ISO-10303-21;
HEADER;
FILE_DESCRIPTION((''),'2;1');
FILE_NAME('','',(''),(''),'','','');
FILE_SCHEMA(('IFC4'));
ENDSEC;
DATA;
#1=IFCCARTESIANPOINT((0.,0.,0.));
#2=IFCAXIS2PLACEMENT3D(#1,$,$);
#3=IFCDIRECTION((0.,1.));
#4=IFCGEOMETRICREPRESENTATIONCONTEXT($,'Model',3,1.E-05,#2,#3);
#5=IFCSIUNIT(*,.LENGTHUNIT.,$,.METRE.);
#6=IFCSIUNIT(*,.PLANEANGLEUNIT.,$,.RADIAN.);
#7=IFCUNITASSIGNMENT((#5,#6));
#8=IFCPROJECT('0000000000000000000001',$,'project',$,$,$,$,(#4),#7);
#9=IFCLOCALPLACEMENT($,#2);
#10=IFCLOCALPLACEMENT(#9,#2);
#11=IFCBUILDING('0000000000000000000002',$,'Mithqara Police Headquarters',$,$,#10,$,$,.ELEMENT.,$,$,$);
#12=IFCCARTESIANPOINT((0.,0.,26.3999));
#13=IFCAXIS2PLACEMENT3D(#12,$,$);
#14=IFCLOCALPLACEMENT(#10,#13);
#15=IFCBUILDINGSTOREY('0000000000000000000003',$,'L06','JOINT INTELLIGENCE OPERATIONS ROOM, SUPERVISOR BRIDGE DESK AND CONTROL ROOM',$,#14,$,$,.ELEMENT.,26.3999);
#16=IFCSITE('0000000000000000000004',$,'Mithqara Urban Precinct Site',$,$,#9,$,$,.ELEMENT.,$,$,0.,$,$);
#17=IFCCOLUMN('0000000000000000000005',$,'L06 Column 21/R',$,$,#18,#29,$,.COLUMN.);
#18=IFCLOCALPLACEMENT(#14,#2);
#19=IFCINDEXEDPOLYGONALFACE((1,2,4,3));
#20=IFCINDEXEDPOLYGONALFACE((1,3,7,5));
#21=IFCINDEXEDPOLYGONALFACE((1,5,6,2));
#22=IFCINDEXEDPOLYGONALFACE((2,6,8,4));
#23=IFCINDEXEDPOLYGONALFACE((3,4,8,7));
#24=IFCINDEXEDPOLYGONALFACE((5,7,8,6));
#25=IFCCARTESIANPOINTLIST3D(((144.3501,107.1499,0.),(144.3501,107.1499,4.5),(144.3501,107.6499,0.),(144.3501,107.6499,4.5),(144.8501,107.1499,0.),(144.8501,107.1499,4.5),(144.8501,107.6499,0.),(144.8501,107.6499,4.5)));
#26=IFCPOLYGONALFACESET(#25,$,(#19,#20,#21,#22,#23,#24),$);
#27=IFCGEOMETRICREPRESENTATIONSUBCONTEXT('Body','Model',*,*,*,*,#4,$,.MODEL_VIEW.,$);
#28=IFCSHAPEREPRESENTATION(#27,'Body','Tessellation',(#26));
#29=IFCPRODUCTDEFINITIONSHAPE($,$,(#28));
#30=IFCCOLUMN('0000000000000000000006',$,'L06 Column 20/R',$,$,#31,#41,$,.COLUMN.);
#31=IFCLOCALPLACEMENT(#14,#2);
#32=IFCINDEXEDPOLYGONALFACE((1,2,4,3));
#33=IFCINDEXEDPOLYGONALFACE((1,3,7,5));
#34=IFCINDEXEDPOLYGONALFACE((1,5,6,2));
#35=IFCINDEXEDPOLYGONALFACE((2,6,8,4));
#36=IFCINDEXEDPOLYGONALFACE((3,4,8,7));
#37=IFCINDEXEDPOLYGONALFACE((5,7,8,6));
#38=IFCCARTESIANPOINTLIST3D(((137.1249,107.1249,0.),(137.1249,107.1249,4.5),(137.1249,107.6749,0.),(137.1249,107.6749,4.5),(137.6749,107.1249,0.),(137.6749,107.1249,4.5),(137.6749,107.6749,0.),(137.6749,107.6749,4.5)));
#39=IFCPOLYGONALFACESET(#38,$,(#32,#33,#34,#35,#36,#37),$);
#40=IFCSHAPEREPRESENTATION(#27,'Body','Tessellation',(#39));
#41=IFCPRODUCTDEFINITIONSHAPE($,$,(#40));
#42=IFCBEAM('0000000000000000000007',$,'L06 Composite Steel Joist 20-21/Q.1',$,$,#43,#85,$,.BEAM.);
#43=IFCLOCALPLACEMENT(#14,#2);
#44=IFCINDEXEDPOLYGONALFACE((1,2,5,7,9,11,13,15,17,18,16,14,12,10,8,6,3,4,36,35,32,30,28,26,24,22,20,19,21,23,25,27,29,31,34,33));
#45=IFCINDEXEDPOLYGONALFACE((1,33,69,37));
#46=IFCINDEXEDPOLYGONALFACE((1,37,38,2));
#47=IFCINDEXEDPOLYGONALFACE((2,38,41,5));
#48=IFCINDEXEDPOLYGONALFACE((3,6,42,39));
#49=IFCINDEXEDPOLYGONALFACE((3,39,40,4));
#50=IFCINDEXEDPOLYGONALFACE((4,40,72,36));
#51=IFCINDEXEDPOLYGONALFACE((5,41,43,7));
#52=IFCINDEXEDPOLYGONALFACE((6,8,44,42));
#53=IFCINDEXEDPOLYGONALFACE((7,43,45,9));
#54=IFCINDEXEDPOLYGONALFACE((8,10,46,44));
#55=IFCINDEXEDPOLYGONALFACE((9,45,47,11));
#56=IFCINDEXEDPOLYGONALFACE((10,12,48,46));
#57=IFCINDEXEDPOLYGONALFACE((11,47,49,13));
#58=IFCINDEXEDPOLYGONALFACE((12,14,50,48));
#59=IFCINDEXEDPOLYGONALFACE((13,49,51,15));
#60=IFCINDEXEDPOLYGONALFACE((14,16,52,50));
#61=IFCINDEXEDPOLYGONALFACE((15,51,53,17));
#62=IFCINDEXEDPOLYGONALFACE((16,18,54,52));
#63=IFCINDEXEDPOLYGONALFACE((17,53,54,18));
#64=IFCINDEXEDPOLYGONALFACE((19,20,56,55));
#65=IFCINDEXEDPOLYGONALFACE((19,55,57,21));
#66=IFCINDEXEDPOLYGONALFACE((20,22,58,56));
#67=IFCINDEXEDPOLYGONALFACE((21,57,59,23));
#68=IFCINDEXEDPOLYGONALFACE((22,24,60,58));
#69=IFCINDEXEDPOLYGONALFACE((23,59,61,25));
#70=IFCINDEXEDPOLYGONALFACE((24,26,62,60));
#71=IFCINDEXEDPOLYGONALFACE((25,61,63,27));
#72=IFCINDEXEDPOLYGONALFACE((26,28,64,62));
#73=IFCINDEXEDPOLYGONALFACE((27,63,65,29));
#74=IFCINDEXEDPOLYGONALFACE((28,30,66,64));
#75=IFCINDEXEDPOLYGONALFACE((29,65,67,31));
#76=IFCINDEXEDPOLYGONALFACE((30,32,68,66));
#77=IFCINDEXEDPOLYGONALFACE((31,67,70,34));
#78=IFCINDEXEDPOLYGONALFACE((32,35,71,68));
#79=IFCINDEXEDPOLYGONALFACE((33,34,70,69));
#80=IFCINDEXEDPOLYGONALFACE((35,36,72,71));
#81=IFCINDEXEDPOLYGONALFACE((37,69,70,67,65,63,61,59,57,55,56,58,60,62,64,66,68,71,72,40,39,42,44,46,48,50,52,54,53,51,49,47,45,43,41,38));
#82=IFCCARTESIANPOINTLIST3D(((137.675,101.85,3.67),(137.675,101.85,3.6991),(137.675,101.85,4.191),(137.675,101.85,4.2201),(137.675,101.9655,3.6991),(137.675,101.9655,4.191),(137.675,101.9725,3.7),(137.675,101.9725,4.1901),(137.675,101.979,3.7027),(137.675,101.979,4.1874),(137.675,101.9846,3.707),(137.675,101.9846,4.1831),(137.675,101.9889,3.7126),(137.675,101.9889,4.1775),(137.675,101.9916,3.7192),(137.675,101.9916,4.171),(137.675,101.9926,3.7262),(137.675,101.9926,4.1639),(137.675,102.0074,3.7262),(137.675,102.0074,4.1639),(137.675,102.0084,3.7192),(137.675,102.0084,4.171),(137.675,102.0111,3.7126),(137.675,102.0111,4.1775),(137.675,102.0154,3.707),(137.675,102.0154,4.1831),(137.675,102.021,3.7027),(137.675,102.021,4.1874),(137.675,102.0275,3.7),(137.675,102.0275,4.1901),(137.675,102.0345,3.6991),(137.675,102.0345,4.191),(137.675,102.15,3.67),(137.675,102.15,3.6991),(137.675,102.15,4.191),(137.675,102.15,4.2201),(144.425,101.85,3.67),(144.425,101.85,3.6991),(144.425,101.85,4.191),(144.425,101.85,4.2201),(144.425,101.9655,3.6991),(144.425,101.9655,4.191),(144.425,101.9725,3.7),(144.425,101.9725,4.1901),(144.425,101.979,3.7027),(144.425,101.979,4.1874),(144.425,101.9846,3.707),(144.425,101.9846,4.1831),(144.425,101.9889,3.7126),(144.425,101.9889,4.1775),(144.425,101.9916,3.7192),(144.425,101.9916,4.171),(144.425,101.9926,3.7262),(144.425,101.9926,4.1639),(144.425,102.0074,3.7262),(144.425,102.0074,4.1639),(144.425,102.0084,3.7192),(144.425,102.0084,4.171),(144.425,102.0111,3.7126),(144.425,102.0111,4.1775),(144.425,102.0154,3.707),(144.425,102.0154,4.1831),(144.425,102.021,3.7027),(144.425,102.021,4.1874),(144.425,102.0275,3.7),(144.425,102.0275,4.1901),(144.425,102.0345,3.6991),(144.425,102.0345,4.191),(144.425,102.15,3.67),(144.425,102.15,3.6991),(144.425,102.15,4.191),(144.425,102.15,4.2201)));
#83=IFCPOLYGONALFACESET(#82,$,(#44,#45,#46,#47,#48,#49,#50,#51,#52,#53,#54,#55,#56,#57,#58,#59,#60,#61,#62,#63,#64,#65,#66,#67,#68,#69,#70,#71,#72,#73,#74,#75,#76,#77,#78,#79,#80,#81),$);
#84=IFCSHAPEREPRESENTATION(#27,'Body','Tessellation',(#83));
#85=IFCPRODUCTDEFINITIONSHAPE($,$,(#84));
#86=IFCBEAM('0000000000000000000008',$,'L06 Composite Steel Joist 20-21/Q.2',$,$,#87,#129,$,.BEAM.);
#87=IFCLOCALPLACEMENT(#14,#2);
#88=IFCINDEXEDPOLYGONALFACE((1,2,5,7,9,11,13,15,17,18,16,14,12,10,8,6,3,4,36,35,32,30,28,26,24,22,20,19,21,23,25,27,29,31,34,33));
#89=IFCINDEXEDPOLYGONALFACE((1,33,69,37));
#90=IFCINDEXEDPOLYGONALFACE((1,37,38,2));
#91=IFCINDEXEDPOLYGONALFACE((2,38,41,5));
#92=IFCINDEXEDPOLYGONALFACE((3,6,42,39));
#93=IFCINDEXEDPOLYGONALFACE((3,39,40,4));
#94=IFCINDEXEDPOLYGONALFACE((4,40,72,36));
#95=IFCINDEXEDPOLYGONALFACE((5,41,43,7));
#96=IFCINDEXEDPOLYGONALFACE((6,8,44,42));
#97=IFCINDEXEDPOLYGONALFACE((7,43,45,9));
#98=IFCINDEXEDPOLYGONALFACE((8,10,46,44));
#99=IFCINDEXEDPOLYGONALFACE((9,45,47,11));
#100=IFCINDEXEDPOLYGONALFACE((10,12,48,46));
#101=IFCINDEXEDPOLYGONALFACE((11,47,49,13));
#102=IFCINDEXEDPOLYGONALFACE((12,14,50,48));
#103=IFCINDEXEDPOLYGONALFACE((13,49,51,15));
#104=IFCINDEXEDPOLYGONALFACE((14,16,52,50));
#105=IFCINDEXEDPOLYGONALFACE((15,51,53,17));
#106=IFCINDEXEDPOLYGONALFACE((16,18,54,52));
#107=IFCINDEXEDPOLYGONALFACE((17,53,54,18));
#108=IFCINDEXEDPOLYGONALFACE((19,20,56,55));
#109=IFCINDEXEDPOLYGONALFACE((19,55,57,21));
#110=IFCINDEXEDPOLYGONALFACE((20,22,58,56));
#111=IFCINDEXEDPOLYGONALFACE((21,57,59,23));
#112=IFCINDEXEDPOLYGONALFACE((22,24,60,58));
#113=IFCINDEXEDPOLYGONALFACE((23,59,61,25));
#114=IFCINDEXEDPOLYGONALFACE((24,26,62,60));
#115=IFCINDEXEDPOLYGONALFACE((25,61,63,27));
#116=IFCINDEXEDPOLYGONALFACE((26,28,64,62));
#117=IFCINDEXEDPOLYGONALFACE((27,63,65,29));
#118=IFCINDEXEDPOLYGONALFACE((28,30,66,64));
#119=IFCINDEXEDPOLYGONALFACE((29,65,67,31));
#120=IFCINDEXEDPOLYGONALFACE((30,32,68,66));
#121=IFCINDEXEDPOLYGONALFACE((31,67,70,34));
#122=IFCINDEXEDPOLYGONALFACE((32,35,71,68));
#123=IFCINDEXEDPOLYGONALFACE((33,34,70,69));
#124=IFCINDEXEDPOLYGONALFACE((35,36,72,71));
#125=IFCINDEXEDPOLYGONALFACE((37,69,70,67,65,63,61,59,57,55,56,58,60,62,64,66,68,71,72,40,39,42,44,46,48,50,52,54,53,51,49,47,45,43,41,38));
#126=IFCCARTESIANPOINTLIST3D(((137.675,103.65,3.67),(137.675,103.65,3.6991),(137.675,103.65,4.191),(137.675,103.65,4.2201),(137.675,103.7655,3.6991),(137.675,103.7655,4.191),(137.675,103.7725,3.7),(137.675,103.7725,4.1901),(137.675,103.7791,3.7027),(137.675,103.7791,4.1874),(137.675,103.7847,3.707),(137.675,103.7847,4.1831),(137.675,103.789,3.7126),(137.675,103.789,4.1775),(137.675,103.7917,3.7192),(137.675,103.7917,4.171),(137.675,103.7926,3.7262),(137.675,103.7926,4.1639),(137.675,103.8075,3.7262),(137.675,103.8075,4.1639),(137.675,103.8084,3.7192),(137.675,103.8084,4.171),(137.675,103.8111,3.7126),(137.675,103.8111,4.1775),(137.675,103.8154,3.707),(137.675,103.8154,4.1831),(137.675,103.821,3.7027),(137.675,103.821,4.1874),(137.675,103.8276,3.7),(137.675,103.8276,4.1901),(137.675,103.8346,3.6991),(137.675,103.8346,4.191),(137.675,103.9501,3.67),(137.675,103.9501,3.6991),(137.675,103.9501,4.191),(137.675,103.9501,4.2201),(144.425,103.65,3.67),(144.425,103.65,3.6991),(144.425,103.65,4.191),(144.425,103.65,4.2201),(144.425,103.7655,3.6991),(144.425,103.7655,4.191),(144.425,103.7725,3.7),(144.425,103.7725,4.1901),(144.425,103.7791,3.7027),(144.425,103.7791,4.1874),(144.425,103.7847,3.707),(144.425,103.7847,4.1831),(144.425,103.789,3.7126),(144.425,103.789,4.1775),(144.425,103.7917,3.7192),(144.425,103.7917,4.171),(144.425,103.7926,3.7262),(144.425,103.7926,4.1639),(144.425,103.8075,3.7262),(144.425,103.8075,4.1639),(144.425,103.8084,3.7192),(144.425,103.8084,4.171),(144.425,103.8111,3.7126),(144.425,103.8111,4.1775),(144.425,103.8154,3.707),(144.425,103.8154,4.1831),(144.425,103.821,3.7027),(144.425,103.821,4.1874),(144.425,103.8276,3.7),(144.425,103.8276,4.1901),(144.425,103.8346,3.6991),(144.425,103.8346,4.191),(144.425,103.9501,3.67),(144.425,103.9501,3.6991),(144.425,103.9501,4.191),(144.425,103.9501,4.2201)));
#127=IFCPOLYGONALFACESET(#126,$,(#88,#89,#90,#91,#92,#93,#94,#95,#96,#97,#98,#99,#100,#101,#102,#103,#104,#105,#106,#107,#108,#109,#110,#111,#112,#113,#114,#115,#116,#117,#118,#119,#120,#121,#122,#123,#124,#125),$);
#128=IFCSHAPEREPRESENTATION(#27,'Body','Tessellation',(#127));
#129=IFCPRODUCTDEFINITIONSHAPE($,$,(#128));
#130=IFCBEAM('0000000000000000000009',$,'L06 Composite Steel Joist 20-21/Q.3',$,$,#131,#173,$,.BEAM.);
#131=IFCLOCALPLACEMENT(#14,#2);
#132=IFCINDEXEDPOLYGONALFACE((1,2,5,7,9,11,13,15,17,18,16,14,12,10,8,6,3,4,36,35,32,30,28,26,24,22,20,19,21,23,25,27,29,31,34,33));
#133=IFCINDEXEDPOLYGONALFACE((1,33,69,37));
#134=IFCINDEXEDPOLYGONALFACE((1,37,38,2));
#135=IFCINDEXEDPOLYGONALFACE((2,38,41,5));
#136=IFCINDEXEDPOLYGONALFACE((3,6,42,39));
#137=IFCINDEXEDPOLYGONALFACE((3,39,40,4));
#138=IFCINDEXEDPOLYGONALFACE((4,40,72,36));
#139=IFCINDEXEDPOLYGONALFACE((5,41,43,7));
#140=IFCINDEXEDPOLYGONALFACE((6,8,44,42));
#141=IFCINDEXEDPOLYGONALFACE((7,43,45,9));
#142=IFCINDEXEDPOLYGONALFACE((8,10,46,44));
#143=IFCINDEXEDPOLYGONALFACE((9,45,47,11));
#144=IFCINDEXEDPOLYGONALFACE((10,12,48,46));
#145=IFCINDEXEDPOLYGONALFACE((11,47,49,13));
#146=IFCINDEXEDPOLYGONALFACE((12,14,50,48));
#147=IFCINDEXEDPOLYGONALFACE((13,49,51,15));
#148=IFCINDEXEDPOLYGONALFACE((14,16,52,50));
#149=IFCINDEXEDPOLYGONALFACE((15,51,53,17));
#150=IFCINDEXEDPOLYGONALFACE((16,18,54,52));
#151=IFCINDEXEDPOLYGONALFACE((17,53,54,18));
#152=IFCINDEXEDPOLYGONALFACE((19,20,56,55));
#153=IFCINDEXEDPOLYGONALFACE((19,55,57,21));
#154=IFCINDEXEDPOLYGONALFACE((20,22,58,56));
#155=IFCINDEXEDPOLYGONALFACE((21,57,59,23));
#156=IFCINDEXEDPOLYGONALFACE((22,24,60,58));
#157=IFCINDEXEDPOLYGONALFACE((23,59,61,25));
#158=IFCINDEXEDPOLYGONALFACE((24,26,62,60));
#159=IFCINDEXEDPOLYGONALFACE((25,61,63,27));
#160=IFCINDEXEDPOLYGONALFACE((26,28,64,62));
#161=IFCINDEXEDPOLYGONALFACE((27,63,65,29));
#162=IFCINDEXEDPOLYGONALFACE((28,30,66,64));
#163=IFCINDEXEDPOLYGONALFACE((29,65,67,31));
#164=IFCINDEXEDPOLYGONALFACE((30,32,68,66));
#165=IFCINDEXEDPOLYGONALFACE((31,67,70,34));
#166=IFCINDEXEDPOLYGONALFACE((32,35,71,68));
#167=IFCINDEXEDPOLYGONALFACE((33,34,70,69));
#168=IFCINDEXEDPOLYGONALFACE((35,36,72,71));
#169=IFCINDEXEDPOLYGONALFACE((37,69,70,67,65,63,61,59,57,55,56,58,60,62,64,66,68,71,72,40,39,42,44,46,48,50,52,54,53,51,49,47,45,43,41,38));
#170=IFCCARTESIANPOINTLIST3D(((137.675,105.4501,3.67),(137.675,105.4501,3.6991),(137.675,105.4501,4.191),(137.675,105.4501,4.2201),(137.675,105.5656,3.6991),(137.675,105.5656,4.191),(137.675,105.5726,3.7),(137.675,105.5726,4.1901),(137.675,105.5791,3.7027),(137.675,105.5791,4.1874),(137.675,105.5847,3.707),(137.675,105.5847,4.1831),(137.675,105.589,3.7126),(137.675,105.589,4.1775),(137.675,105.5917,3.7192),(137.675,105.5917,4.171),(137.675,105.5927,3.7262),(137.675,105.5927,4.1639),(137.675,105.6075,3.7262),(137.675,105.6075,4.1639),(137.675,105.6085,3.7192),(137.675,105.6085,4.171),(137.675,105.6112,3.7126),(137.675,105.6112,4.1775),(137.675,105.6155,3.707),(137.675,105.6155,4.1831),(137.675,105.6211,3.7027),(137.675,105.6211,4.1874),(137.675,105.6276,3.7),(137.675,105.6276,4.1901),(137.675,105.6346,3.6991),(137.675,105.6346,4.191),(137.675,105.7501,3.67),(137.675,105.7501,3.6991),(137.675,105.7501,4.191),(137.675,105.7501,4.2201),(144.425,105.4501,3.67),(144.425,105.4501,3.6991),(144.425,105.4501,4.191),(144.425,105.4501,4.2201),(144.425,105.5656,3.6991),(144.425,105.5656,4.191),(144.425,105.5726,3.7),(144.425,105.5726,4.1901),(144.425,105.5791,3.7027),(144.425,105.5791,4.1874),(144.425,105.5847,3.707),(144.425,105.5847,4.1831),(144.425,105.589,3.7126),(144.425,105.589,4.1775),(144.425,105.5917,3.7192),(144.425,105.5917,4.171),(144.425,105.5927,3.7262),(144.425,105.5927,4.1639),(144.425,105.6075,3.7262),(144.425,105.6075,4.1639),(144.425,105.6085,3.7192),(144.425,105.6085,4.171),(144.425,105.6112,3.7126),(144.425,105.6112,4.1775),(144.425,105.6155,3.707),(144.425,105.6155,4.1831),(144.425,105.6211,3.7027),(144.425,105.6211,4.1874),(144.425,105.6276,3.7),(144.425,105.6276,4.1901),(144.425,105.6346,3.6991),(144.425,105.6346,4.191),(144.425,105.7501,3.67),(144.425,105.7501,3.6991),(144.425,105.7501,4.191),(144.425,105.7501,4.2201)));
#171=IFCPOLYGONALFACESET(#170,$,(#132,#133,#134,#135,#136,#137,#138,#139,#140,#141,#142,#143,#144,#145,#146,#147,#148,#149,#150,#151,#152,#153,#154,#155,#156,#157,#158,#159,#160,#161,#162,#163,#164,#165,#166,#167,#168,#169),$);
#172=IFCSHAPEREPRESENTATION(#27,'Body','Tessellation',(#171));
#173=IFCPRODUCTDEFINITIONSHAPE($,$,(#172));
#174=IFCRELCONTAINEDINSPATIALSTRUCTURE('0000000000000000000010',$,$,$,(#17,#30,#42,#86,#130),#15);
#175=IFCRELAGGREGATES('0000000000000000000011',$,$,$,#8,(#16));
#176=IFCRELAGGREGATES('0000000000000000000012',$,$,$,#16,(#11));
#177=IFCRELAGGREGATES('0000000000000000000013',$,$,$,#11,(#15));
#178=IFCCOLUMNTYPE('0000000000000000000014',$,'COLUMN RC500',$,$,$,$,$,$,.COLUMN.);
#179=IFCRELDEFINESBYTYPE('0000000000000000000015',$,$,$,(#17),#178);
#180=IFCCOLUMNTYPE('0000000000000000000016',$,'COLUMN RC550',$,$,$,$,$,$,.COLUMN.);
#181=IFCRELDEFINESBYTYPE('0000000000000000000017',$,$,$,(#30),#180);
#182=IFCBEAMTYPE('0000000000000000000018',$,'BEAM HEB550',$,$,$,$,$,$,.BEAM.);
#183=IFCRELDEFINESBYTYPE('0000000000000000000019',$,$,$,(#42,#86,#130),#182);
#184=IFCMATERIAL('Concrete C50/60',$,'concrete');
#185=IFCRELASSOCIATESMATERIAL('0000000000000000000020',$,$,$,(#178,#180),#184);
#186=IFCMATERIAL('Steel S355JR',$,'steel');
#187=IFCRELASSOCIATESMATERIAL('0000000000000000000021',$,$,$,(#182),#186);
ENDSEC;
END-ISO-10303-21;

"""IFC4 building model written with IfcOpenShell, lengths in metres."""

from ifc_helpers import new_model, si_unit, direction, frame, origin, origin_2d, place, context, subcontext, project, spatial, rectangle, i_section, extrude, material, material_profile, profile_set, type_object, element, save


model = new_model("IFC4")

# Units and contexts
model_context = context("Model", 3, precision=1e-05, world=origin(), true_north=direction((0.0, 1.0)))
body_context = subcontext(model_context, "Body", "Model", "MODEL_VIEW")
ifc_project = project(units=[si_unit("LENGTHUNIT", "METRE"), si_unit("PLANEANGLEUNIT", "RADIAN")], contexts=[model_context])

# Site, building, storey
site_placement = place(None, origin())
site = spatial("IfcSite", under=ifc_project, at=site_placement, Name="Mithqara Urban Precinct Site", CompositionType="ELEMENT", RefElevation=0.0)
building_placement = place(site_placement, origin())
building = spatial("IfcBuilding", under=site, at=building_placement, Name="Mithqara Police Headquarters", CompositionType="ELEMENT")
storey_placement = place(building_placement, frame((0.0, 0.0, 26.3999)))
storey = spatial("IfcBuildingStorey", under=building, at=storey_placement, Name="L06", Description="JOINT INTELLIGENCE OPERATIONS ROOM, SUPERVISOR BRIDGE DESK AND CONTROL ROOM", CompositionType="ELEMENT", Elevation=26.3999)

# Columns
ifc_material_1 = material(Name="Concrete C50/60", Category="concrete")
ifc_material_profile_1 = material_profile(ifc_material_1, rectangle(XDim=0.5, YDim=0.5, at=origin_2d()), Name="RC 500x500")
ifc_profile_set_1 = profile_set([ifc_material_profile_1], Name="Concrete C50/60")
column_type_1 = type_object("IfcColumnType", Name="COLUMN RC500", PredefinedType="COLUMN", material=ifc_profile_set_1)
column_1_placement = place(storey_placement, frame((144.6001, 107.3999, 0.0), z_axis=(0.0, 0.0, 1.0), x_axis=(1.0, 0.0, 0.0)))
element("IfcColumn", 1, at=column_1_placement, inside=storey, type_object=column_type_1, Name="L06 Column 21/R", PredefinedType="COLUMN", context=body_context, shape_type="SweptSolid", body=[
    extrude(rectangle(XDim=0.5, YDim=0.5, at=origin_2d()), origin(), (0.0, 0.0, 1.0), 4.5),
])
ifc_material_profile_2 = material_profile(ifc_material_1, rectangle(XDim=0.55, YDim=0.55, at=origin_2d()), Name="RC 550x550")
ifc_profile_set_2 = profile_set([ifc_material_profile_2], Name="Concrete C50/60")
column_type_2 = type_object("IfcColumnType", Name="COLUMN RC550", PredefinedType="COLUMN", material=ifc_profile_set_2)
column_2_placement = place(storey_placement, frame((137.3999, 107.3999, 0.0), z_axis=(0.0, 0.0, 1.0), x_axis=(1.0, 0.0, 0.0)))
element("IfcColumn", 2, at=column_2_placement, inside=storey, type_object=column_type_2, Name="L06 Column 20/R", PredefinedType="COLUMN", context=body_context, shape_type="SweptSolid", body=[
    extrude(rectangle(XDim=0.55, YDim=0.55, at=origin_2d()), origin(), (0.0, 0.0, 1.0), 4.5),
])

# Beams
ifc_material_2 = material(Name="Steel S355JR", Category="steel")
ifc_material_profile_3 = material_profile(ifc_material_2, i_section(OverallWidth=0.3, OverallDepth=0.55, WebThickness=0.0149, FlangeThickness=0.0291, FilletRadius=0.0271, at=origin_2d()), Name="HEB 550")
ifc_profile_set_3 = profile_set([ifc_material_profile_3], Name="Steel S355JR")
beam_type_1 = type_object("IfcBeamType", Name="BEAM HEB550", PredefinedType="BEAM", material=ifc_profile_set_3)
for number, where, z_axis, x_axis, name in (
    (3, (137.675, 102.0, 3.9451), (1.0, 0.0, 0.0), (0.0, 1.0, 0.0), "L06 Composite Steel Joist 20-21/Q.1"),
    (4, (137.675, 103.8, 3.9451), (1.0, 0.0, 0.0), (0.0, 1.0, 0.0), "L06 Composite Steel Joist 20-21/Q.2"),
    (5, (137.675, 105.6001, 3.9451), (1.0, 0.0, 0.0), (0.0, 1.0, 0.0), "L06 Composite Steel Joist 20-21/Q.3"),
):
    element("IfcBeam", number, at=place(storey_placement, frame(where, z_axis=z_axis, x_axis=x_axis)), inside=storey, type_object=beam_type_1, Name=name, PredefinedType="BEAM", context=body_context, shape_type="SweptSolid", body=[
        extrude(i_section(OverallWidth=0.3, OverallDepth=0.55, WebThickness=0.0149, FlangeThickness=0.0291, FilletRadius=0.0271, at=origin_2d()), origin(), (0.0, 0.0, 1.0), 6.75),
    ])

save(model, "model.ifc")
